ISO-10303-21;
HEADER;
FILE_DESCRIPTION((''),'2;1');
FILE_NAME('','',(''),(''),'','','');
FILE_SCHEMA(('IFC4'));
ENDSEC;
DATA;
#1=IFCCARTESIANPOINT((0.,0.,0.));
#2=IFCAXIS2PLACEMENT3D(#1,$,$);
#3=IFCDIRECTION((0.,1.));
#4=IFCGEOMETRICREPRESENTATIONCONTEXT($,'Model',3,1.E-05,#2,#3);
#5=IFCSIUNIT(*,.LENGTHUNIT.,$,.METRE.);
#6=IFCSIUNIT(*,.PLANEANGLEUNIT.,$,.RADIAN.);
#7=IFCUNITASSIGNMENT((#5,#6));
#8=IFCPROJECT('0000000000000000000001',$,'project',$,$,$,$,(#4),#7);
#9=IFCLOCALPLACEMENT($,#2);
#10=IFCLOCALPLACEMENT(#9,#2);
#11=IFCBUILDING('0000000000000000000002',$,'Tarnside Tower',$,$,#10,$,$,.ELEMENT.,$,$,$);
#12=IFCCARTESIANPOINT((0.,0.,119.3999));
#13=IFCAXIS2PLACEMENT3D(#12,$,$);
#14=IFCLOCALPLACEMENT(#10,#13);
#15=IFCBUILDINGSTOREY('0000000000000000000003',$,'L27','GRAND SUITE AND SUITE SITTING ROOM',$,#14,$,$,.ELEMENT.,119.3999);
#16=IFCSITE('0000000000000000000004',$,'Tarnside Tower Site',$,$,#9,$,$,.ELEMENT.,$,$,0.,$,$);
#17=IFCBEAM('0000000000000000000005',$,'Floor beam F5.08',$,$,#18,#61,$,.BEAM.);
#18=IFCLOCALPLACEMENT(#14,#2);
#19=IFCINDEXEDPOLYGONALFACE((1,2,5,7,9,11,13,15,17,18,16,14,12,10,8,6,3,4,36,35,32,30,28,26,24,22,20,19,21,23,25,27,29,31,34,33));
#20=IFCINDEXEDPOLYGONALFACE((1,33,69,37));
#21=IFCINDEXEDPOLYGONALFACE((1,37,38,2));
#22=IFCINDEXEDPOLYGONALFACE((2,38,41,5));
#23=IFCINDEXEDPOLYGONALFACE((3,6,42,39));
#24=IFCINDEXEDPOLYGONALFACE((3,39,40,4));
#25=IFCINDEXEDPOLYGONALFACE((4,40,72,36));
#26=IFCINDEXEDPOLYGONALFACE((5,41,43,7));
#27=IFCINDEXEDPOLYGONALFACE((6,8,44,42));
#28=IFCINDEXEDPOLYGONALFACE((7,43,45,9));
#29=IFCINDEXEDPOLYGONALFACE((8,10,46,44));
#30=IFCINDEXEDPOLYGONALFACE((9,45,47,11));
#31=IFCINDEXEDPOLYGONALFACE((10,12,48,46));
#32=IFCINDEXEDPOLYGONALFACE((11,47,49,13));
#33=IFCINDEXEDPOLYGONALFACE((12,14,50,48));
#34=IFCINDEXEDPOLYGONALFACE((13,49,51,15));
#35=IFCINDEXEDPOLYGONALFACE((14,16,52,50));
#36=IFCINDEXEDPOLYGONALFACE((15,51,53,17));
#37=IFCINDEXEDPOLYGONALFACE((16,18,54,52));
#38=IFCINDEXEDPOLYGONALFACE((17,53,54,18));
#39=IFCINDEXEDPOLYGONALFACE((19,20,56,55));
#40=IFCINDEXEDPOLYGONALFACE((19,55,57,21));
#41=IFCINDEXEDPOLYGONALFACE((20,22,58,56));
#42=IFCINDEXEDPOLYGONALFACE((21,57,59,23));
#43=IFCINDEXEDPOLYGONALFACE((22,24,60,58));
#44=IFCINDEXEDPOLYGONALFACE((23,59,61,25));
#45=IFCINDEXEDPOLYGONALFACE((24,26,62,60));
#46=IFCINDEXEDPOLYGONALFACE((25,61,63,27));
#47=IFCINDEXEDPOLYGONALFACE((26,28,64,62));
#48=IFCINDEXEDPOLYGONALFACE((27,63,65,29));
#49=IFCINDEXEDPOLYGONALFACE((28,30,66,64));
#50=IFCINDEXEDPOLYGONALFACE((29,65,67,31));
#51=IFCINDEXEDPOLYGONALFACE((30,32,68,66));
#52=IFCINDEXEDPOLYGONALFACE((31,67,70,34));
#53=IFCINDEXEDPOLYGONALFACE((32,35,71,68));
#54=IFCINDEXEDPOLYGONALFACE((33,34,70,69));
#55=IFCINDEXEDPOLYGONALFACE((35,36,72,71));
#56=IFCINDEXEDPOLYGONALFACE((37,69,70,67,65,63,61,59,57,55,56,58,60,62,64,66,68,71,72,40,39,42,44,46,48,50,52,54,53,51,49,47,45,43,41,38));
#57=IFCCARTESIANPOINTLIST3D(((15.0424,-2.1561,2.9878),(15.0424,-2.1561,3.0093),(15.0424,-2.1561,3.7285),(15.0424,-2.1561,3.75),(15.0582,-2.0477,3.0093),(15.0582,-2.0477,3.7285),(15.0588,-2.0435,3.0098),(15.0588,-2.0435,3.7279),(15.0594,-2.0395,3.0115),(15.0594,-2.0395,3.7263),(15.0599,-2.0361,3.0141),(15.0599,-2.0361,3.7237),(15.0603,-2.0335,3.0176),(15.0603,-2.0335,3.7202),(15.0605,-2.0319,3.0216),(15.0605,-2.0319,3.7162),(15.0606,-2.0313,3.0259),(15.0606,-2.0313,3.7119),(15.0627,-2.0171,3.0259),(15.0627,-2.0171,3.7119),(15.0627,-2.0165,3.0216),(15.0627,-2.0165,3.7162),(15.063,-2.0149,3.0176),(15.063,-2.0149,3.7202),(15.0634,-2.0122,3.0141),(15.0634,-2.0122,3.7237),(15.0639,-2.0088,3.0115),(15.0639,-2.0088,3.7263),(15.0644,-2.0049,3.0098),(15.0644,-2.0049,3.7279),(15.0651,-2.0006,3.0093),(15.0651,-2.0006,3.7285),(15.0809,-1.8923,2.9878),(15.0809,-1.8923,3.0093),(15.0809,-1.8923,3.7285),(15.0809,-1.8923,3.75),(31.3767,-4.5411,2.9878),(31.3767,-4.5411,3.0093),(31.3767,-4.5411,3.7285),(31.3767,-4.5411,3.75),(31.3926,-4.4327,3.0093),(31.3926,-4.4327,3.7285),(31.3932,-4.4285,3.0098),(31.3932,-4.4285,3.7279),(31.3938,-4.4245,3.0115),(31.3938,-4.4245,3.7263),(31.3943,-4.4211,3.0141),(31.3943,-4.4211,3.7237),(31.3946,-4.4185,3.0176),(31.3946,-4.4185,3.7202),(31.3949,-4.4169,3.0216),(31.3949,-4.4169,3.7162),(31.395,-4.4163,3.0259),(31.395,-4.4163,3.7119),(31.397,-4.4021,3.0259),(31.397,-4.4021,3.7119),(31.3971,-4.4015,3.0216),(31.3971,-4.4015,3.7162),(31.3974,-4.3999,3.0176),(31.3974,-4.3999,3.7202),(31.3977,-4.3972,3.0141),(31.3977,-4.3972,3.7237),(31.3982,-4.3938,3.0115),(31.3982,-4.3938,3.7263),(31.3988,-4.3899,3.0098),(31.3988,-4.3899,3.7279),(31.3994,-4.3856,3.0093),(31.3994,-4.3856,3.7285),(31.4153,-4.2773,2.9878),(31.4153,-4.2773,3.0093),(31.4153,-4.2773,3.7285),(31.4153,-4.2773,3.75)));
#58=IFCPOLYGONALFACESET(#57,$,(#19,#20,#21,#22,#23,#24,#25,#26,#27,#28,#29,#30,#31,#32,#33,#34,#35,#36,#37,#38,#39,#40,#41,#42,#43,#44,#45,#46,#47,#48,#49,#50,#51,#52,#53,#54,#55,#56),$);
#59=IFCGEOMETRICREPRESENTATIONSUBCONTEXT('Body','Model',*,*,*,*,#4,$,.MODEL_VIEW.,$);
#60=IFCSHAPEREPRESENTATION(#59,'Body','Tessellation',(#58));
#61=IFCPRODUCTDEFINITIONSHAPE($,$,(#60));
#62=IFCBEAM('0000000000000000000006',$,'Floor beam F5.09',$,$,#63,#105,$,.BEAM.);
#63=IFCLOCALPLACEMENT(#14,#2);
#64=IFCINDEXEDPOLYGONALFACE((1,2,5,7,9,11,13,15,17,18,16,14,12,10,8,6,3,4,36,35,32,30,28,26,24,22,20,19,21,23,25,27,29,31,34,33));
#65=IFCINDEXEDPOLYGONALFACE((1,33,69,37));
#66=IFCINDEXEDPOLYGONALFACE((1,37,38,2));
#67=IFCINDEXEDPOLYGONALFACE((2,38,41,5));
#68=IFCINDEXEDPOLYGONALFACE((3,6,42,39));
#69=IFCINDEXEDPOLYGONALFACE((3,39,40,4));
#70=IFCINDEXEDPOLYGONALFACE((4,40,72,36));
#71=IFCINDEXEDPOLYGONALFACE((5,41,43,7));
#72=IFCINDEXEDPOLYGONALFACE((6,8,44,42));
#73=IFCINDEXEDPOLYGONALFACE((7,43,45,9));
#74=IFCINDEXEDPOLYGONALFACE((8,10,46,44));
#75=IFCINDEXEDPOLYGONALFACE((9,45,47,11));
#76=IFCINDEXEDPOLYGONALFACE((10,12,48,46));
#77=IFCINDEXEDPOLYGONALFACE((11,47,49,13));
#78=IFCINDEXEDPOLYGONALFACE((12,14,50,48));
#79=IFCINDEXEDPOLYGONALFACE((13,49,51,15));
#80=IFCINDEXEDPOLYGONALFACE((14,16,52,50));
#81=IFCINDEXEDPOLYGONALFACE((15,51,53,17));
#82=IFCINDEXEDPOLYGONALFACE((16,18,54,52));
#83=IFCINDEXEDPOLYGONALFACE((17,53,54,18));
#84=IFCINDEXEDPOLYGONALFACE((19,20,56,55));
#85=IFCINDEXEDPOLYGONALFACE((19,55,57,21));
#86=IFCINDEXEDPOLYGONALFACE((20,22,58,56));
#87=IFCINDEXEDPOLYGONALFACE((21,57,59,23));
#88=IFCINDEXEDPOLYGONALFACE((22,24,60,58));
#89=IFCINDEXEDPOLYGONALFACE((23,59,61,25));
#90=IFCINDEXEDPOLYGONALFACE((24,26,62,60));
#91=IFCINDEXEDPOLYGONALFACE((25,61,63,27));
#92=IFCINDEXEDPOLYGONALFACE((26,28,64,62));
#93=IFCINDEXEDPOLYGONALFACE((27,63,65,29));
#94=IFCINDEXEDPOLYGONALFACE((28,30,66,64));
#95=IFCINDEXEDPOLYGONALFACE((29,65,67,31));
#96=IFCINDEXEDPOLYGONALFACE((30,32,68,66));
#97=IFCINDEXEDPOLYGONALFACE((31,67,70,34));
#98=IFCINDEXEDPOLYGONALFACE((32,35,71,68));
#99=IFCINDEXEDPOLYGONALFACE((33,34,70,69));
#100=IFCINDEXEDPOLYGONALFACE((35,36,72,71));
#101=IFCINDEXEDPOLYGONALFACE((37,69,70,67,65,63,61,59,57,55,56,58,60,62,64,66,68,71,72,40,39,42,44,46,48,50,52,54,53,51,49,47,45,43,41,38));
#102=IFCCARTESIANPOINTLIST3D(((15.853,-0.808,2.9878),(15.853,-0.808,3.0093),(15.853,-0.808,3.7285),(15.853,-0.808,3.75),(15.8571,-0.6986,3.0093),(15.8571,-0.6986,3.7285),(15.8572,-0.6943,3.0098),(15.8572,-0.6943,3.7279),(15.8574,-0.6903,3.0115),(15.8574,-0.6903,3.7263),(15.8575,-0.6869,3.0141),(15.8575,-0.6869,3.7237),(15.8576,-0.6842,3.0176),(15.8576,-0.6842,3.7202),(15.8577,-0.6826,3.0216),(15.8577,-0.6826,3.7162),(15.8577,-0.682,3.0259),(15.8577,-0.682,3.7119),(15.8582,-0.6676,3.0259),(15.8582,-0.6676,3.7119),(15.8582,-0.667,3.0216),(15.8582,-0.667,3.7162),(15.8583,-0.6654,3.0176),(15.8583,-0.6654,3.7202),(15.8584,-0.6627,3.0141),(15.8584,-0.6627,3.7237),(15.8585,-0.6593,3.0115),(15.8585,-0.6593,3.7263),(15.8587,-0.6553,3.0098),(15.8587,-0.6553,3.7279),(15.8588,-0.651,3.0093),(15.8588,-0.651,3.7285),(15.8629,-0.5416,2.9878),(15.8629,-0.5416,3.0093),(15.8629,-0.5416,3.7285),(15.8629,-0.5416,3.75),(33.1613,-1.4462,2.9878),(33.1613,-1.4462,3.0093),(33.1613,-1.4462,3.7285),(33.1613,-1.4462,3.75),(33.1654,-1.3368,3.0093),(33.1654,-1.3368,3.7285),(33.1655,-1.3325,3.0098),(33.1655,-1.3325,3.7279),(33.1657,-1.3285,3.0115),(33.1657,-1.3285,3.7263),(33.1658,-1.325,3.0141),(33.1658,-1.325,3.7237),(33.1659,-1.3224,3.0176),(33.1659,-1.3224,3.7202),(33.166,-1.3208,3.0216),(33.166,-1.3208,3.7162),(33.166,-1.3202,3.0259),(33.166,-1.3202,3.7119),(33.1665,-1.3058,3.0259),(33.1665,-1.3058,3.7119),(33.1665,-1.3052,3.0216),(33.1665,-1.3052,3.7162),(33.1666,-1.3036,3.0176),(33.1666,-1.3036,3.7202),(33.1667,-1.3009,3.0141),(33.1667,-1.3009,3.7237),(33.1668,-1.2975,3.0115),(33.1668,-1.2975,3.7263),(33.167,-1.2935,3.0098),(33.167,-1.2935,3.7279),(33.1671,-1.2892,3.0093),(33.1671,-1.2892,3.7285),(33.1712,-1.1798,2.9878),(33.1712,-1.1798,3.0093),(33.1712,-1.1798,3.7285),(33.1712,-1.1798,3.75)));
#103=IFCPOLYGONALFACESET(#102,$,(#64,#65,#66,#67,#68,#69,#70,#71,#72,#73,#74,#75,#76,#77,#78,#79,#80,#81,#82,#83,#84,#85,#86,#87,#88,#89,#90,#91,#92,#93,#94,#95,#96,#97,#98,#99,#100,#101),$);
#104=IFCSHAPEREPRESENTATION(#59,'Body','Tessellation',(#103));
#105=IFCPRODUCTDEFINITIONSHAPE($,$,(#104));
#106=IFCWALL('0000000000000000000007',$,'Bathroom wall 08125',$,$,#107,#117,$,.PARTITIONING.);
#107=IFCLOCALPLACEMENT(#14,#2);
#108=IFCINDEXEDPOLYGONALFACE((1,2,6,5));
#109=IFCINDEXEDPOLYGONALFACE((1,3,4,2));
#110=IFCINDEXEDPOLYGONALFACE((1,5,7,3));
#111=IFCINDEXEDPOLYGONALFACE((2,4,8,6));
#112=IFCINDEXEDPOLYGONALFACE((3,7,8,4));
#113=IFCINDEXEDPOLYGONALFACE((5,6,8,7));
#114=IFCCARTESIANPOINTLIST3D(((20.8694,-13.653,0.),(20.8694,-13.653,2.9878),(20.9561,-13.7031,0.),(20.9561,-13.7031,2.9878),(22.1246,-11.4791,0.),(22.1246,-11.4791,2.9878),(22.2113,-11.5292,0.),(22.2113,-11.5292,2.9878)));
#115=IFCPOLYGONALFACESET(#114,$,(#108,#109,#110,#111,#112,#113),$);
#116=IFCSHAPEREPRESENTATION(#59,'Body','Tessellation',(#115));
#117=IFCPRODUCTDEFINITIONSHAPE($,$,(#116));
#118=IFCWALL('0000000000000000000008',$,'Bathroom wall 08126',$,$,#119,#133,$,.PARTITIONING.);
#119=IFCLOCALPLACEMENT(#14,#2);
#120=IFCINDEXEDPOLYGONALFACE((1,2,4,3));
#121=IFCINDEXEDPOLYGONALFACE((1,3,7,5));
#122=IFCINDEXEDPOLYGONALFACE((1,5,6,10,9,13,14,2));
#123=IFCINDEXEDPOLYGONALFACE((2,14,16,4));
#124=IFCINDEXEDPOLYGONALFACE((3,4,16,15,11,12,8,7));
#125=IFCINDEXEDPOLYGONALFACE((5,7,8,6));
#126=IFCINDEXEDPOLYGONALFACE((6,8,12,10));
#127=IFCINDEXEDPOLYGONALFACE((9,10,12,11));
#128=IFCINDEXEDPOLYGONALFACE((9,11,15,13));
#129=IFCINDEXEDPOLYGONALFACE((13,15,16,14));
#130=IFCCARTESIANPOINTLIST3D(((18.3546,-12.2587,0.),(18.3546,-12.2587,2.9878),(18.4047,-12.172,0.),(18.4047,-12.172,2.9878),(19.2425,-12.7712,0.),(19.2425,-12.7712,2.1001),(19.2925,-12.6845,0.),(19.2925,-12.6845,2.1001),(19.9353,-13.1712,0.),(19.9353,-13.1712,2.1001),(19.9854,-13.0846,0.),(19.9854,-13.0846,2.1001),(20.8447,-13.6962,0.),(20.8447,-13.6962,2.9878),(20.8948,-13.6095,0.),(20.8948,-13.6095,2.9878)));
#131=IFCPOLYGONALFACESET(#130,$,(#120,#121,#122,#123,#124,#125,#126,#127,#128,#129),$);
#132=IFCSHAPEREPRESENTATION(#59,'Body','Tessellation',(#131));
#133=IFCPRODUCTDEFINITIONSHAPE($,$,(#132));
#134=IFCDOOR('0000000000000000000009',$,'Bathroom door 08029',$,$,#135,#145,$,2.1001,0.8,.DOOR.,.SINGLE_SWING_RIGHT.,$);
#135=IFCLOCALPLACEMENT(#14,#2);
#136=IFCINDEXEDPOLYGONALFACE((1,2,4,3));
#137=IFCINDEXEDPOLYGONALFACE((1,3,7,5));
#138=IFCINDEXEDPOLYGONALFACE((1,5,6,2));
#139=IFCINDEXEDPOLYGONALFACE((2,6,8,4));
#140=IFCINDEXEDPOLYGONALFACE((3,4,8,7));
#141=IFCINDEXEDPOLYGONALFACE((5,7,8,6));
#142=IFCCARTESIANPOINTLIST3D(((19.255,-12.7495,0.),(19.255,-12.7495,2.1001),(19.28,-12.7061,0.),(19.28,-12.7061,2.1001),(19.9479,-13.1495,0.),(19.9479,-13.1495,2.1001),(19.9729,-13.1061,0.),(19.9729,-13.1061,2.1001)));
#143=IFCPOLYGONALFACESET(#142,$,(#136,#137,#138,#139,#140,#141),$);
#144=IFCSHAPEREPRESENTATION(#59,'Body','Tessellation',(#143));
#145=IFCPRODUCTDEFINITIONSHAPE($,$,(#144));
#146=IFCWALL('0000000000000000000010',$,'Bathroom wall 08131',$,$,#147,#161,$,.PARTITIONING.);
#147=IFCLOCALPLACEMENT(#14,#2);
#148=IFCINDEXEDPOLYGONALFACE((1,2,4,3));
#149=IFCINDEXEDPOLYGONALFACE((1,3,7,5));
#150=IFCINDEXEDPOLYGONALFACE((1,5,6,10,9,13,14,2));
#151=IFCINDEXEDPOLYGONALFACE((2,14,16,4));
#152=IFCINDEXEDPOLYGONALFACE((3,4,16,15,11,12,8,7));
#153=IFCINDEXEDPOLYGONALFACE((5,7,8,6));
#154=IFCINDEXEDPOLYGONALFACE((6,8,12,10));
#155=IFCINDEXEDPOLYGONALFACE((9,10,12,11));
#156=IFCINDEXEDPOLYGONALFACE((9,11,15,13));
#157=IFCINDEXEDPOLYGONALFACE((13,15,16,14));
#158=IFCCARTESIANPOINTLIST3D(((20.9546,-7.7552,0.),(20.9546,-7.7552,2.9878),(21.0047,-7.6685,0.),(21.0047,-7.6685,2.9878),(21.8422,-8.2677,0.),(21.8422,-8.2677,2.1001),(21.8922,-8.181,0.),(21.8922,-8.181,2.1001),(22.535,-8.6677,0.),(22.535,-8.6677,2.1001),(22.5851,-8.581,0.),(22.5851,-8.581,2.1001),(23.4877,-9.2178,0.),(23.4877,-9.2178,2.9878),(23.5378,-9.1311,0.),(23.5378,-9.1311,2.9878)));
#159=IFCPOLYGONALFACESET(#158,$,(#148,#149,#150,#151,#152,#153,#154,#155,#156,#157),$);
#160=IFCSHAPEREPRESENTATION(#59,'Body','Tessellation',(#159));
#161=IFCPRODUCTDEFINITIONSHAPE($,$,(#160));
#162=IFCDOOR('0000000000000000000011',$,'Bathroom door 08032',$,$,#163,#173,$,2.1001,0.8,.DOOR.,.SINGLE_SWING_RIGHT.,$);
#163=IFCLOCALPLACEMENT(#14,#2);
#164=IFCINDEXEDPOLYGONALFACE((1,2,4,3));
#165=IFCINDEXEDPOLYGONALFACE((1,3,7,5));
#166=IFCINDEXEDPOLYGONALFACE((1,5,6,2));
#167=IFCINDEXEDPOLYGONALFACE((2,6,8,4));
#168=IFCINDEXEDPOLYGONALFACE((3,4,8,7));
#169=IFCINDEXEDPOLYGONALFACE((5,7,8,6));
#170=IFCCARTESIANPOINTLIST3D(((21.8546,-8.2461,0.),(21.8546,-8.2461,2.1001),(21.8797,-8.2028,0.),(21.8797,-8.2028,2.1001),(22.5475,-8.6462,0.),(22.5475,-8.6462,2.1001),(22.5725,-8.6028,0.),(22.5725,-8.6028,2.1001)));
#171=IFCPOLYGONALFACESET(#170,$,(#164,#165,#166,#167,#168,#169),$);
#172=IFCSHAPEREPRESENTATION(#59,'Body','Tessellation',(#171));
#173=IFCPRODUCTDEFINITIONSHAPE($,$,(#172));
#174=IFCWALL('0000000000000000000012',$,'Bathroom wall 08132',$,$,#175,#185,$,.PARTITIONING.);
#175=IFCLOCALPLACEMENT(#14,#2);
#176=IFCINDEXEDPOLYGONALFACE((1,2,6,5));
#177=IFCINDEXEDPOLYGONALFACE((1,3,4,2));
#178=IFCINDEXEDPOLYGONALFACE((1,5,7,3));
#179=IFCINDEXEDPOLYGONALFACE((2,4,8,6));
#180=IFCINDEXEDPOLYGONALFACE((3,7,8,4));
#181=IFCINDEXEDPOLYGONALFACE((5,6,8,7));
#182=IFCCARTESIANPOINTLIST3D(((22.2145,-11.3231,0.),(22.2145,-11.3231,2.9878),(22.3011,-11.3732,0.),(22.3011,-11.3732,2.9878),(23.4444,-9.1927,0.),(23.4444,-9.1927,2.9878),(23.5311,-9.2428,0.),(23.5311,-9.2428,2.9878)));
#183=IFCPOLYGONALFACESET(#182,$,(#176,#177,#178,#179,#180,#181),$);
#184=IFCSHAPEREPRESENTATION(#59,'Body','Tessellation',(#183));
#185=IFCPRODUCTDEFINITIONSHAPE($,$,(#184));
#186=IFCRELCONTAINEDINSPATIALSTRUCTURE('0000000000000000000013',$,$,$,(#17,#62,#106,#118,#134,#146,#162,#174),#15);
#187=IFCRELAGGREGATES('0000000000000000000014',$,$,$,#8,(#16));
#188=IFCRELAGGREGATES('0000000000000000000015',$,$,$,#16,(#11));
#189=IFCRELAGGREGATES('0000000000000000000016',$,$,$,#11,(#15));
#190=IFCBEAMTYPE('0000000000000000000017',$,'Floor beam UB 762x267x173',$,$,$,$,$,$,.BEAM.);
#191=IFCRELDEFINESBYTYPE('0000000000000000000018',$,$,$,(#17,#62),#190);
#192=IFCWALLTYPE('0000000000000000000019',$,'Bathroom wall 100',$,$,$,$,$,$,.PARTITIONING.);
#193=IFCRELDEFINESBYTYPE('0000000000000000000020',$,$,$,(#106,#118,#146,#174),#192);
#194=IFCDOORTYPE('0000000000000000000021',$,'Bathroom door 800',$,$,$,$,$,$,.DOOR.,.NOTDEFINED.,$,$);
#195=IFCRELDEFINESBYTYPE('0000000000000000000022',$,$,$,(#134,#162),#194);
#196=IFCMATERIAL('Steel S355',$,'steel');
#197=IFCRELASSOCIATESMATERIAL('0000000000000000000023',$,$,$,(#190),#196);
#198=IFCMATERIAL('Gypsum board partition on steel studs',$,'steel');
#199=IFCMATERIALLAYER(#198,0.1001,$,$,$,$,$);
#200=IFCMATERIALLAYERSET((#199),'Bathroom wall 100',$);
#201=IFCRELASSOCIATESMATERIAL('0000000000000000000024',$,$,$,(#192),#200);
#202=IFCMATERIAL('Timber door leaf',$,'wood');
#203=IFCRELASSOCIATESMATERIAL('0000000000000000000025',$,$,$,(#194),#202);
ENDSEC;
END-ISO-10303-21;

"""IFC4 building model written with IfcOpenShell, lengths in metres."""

from ifc_helpers import new_model, si_unit, direction, frame, frame_2d, origin, origin_2d, place, context, subcontext, project, spatial, rectangle, i_section, extrude, material, layer, layer_set, material_profile, profile_set, type_object, element, fill, save


model = new_model("IFC4")

# Units and contexts
model_context = context("Model", 3, precision=1e-05, world=origin(), true_north=direction((0.0, 1.0)))
body_context = subcontext(model_context, "Body", "Model", "MODEL_VIEW")
ifc_project = project(units=[si_unit("LENGTHUNIT", "METRE"), si_unit("PLANEANGLEUNIT", "RADIAN")], contexts=[model_context])

# Site, building, storey
site_placement = place(None, origin())
site = spatial("IfcSite", under=ifc_project, at=site_placement, Name="Tarnside Tower Site", CompositionType="ELEMENT", RefElevation=0.0)
building_placement = place(site_placement, origin())
building = spatial("IfcBuilding", under=site, at=building_placement, Name="Tarnside Tower", CompositionType="ELEMENT")
storey_placement = place(building_placement, frame((0.0, 0.0, 119.3999)))
storey = spatial("IfcBuildingStorey", under=building, at=storey_placement, Name="L27", Description="GRAND SUITE AND SUITE SITTING ROOM", CompositionType="ELEMENT", Elevation=119.3999)

# Beams
ifc_material_1 = material(Name="Steel S355", Category="steel")
ifc_material_profile_1 = material_profile(ifc_material_1, i_section(OverallWidth=0.2666, OverallDepth=0.7622, WebThickness=0.0144, FlangeThickness=0.0215, FilletRadius=0.0166, at=origin_2d()), Name="UB 762x267x173")
ifc_profile_set_1 = profile_set([ifc_material_profile_1], Name="Steel S355")
beam_type_1 = type_object("IfcBeamType", Name="Floor beam UB 762x267x173", PredefinedType="BEAM", material=ifc_profile_set_1)
beam_1_placement = place(storey_placement, frame((31.396, -4.4092, 3.3689), z_axis=(-0.989508, 0.144479, 0.0), x_axis=(-0.144479, -0.989508, 0.0)))
element("IfcBeam", 1, at=beam_1_placement, inside=storey, type_object=beam_type_1, Name="Floor beam F5.08", PredefinedType="BEAM", context=body_context, shape_type="SweptSolid", body=[
    extrude(i_section(OverallWidth=0.2666, OverallDepth=0.7622, WebThickness=0.0144, FlangeThickness=0.0215, FilletRadius=0.0166, at=origin_2d()), origin(), (0.0, 0.0, 1.0), 16.5076),
])
beam_2_placement = place(storey_placement, frame((33.1663, -1.313, 3.3689), z_axis=(-0.999321, 0.036846, 0.0), x_axis=(-0.036846, -0.999321, 0.0)))
element("IfcBeam", 2, at=beam_2_placement, inside=storey, type_object=beam_type_1, Name="Floor beam F5.09", PredefinedType="BEAM", context=body_context, shape_type="SweptSolid", body=[
    extrude(i_section(OverallWidth=0.2666, OverallDepth=0.7622, WebThickness=0.0144, FlangeThickness=0.0215, FilletRadius=0.0166, at=origin_2d()), origin(), (0.0, 0.0, 1.0), 17.3201),
])

# Wall
ifc_material_2 = material(Name="Gypsum board partition on steel studs", Category="steel")
ifc_layer_1 = layer(ifc_material_2, 0.1001)
ifc_layer_set_1 = layer_set([ifc_layer_1], Name="Bathroom wall 100")
wall_type_1 = type_object("IfcWallType", Name="Bathroom wall 100", PredefinedType="PARTITIONING", material=ifc_layer_set_1)
wall_1_placement = place(storey_placement, frame((22.168, -11.5042, 0.0), z_axis=(0.0, 0.0, 1.0), x_axis=(-0.50002, -0.866014, 0.0)))
element("IfcWall", 3, at=wall_1_placement, inside=storey, type_object=wall_type_1, Name="Bathroom wall 08125", PredefinedType="PARTITIONING", context=body_context, shape_type="SweptSolid", body=[
    extrude(rectangle(XDim=2.5103, YDim=0.1001, at=frame_2d((1.2551, 0.0))), origin(), (0.0, 0.0, 1.0), 2.9878),
])

# Walls, openings, doors
wall_2_placement = place(storey_placement, frame((20.8696, -13.6528, 0.0), z_axis=(0.0, 0.0, 1.0), x_axis=(-0.86604, 0.499975, 0.0)))
wall_2 = element("IfcWall", 4, at=wall_2_placement, inside=storey, type_object=wall_type_1, Name="Bathroom wall 08126", PredefinedType="PARTITIONING", context=body_context, shape_type="SweptSolid", body=[
    extrude(rectangle(XDim=2.8752, YDim=0.1001, at=frame_2d((1.4375, 0.0))), origin(), (0.0, 0.0, 1.0), 2.9878),
])
opening_1_placement = place(wall_2_placement, frame((1.05, 0.0, 0.0)))
opening_1 = element("IfcOpeningElement", 5, at=opening_1_placement, cuts=wall_2, PredefinedType="OPENING", context=body_context, shape_type="SweptSolid", body=[
    extrude(rectangle(XDim=0.8, YDim=2.1001, at=frame_2d((0.3999, 1.05))), frame((0.0, 0.0601, 0.0), z_axis=(0.0, -1.0, 0.0), x_axis=(1.0, 0.0, 0.0)), (0.0, 0.0, 1.0), 0.1201),
])
ifc_material_3 = material(Name="Timber door leaf", Category="wood")
door_type_1 = type_object("IfcDoorType", Name="Bathroom door 800", OperationType="NOTDEFINED", PredefinedType="DOOR", material=ifc_material_3)
door_1_placement = place(opening_1_placement, origin())
door_1 = element("IfcDoor", 6, at=door_1_placement, inside=storey, type_object=door_type_1, Name="Bathroom door 08029", OperationType="SINGLE_SWING_RIGHT", OverallHeight=2.1001, OverallWidth=0.8, PredefinedType="DOOR", context=body_context, shape_type="SweptSolid", body=[
    extrude(rectangle(XDim=0.8, YDim=2.1001, at=frame_2d((0.3999, 1.05))), frame((0.0, 0.0249, 0.0), z_axis=(0.0, -1.0, 0.0), x_axis=(1.0, 0.0, 0.0)), (0.0, 0.0, 1.0), 0.05),
])
fill(opening_1, door_1)
wall_3_placement = place(storey_placement, frame((20.9797, -7.7119, 0.0), z_axis=(0.0, 0.0, 1.0), x_axis=(0.86601, -0.500026, 0.0)))
wall_3 = element("IfcWall", 7, at=wall_3_placement, inside=storey, type_object=wall_type_1, Name="Bathroom wall 08131", PredefinedType="PARTITIONING", context=body_context, shape_type="SweptSolid", body=[
    extrude(rectangle(XDim=2.925, YDim=0.1001, at=frame_2d((1.4624, 0.0))), origin(), (0.0, 0.0, 1.0), 2.9878),
])
opening_2_placement = place(wall_3_placement, frame((1.0249, 0.0, 0.0)))
opening_2 = element("IfcOpeningElement", 8, at=opening_2_placement, cuts=wall_3, PredefinedType="OPENING", context=body_context, shape_type="SweptSolid", body=[
    extrude(rectangle(XDim=0.8, YDim=2.1001, at=frame_2d((0.3999, 1.05))), frame((0.0, 0.0601, 0.0), z_axis=(0.0, -1.0, 0.0), x_axis=(1.0, 0.0, 0.0)), (0.0, 0.0, 1.0), 0.1201),
])
door_2_placement = place(opening_2_placement, origin())
door_2 = element("IfcDoor", 9, at=door_2_placement, inside=storey, type_object=door_type_1, Name="Bathroom door 08032", OperationType="SINGLE_SWING_RIGHT", OverallHeight=2.1001, OverallWidth=0.8, PredefinedType="DOOR", context=body_context, shape_type="SweptSolid", body=[
    extrude(rectangle(XDim=0.8, YDim=2.1001, at=frame_2d((0.3999, 1.05))), frame((0.0, 0.0249, 0.0), z_axis=(0.0, -1.0, 0.0), x_axis=(1.0, 0.0, 0.0)), (0.0, 0.0, 1.0), 0.05),
])
fill(opening_2, door_2)

# Wall
wall_4_placement = place(storey_placement, frame((23.4878, -9.2178, 0.0), z_axis=(0.0, 0.0, 1.0), x_axis=(-0.500003, -0.866024, 0.0)))
element("IfcWall", 10, at=wall_4_placement, inside=storey, type_object=wall_type_1, Name="Bathroom wall 08132", PredefinedType="PARTITIONING", context=body_context, shape_type="SweptSolid", body=[
    extrude(rectangle(XDim=2.46, YDim=0.1001, at=frame_2d((1.23, 0.0))), origin(), (0.0, 0.0, 1.0), 2.9878),
])

save(model, "model.ifc")
